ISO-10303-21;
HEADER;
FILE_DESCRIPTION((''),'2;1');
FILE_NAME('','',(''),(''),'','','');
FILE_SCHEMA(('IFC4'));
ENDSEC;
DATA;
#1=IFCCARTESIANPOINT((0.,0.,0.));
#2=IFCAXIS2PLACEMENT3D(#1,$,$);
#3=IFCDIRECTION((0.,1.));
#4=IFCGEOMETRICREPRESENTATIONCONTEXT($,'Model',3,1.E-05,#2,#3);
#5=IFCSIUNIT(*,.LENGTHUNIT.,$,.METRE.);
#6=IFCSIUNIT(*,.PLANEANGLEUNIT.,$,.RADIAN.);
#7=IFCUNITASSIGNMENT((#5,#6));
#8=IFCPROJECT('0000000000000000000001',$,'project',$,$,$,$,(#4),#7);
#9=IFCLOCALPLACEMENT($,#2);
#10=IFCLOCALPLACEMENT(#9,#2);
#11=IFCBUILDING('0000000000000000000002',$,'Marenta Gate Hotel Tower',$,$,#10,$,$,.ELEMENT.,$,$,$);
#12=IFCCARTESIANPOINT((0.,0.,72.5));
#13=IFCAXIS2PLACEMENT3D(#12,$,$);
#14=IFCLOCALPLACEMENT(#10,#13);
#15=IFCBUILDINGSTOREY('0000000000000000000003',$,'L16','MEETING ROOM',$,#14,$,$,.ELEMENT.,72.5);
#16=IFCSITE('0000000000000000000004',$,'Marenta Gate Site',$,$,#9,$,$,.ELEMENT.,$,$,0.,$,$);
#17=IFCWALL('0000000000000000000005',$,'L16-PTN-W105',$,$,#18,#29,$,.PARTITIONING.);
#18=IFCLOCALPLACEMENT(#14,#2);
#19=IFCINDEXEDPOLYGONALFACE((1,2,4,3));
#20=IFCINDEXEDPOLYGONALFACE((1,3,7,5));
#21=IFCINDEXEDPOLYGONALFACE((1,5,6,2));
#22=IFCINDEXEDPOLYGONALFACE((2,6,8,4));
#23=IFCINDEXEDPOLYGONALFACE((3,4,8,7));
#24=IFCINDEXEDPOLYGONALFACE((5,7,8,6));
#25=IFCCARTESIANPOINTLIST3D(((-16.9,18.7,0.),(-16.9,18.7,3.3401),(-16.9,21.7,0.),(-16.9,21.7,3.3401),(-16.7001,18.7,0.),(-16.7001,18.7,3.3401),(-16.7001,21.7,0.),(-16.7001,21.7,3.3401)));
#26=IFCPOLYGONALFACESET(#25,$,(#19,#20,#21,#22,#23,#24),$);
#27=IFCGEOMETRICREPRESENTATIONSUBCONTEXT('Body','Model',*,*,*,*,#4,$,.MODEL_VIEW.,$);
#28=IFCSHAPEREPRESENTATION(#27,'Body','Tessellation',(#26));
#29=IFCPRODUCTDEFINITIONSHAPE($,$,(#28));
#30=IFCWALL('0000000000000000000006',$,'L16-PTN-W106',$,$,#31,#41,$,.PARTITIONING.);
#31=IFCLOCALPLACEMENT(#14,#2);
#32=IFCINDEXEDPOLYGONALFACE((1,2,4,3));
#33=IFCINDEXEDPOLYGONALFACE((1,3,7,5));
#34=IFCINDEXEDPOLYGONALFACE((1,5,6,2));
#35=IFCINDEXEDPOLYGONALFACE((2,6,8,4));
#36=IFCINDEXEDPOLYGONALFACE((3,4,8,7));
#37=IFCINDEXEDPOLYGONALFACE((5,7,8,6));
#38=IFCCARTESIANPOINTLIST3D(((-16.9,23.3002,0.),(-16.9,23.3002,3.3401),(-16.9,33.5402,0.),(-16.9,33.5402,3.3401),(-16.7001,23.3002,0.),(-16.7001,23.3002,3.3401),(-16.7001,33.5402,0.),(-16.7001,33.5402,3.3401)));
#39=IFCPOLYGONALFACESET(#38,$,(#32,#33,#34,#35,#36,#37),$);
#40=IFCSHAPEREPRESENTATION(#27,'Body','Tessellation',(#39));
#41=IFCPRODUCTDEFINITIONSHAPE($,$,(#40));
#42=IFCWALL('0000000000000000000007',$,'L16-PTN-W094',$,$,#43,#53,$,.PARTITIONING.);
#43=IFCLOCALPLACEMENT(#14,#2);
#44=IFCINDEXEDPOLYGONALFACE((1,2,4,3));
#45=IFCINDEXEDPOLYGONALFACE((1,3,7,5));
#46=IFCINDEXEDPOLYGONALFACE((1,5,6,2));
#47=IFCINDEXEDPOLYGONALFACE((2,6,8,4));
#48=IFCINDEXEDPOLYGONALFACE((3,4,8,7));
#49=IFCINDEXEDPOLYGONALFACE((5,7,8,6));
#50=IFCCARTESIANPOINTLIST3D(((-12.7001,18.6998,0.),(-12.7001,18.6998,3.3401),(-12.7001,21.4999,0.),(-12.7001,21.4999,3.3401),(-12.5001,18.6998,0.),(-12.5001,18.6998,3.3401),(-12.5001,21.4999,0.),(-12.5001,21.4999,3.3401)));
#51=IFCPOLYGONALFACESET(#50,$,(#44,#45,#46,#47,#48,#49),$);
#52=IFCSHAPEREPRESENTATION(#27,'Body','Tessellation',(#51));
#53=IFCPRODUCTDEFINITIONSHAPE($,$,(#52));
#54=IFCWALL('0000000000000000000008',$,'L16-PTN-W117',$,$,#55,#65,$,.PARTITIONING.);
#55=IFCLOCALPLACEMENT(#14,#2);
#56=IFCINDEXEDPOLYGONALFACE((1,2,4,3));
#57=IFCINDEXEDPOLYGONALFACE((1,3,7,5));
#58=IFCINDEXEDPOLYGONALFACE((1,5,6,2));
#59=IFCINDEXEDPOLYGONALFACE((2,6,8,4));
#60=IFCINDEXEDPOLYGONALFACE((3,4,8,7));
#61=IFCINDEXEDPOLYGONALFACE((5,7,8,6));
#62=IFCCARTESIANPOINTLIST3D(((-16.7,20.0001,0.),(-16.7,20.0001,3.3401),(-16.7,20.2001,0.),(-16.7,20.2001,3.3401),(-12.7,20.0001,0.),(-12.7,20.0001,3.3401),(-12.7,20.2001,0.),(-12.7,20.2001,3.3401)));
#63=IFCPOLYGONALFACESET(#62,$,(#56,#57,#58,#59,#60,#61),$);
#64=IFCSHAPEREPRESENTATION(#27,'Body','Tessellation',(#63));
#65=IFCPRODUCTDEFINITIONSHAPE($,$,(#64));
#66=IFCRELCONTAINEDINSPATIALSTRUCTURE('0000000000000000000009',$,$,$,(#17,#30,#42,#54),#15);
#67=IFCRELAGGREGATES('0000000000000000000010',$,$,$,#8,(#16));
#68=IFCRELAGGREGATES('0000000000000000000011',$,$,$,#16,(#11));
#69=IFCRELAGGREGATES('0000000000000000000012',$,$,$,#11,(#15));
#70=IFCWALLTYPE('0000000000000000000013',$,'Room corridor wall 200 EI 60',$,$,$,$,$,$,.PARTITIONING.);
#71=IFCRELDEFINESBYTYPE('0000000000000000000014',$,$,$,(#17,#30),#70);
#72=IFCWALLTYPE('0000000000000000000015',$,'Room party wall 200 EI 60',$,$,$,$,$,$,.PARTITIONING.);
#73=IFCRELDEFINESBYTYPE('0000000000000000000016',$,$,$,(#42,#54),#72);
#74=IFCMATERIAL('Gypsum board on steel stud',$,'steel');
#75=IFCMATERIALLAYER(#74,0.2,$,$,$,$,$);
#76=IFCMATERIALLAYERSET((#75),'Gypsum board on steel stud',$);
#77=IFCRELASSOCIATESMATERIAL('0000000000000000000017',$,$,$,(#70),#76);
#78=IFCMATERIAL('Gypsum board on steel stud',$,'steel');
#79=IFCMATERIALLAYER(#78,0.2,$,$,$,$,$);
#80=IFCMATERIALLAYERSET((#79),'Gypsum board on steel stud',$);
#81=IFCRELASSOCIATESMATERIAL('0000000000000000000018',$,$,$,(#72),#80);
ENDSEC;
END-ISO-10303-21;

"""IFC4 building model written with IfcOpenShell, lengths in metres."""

from ifc_helpers import new_model, si_unit, direction, frame, frame_2d, origin, place, context, subcontext, project, spatial, rectangle, extrude, material, layer, layer_set, type_object, element, save


model = new_model("IFC4")

# Units and contexts
model_context = context("Model", 3, precision=1e-05, world=origin(), true_north=direction((0.0, 1.0)))
body_context = subcontext(model_context, "Body", "Model", "MODEL_VIEW")
ifc_project = project(units=[si_unit("LENGTHUNIT", "METRE"), si_unit("PLANEANGLEUNIT", "RADIAN")], contexts=[model_context])

# Site, building, storey
site_placement = place(None, origin())
site = spatial("IfcSite", under=ifc_project, at=site_placement, Name="Marenta Gate Site", CompositionType="ELEMENT", RefElevation=0.0)
building_placement = place(site_placement, origin())
building = spatial("IfcBuilding", under=site, at=building_placement, Name="Marenta Gate Hotel Tower", CompositionType="ELEMENT")
storey_placement = place(building_placement, frame((0.0, 0.0, 72.5)))
storey = spatial("IfcBuildingStorey", under=building, at=storey_placement, Name="L16", Description="MEETING ROOM", CompositionType="ELEMENT", Elevation=72.5)

# Walls
ifc_material_1 = material(Name="Gypsum board on steel stud", Category="steel")
ifc_layer_1 = layer(ifc_material_1, 0.2)
ifc_layer_set_1 = layer_set([ifc_layer_1], Name="Gypsum board on steel stud")
wall_type_1 = type_object("IfcWallType", Name="Room corridor wall 200 EI 60", PredefinedType="PARTITIONING", material=ifc_layer_set_1)
wall_1_placement = place(storey_placement, frame((-16.8, 18.7, 0.0), z_axis=(0.0, 0.0, 1.0), x_axis=(0.0, 1.0, 0.0)))
element("IfcWall", 1, at=wall_1_placement, inside=storey, type_object=wall_type_1, Name="L16-PTN-W105", PredefinedType="PARTITIONING", context=body_context, shape_type="SweptSolid", body=[
    extrude(rectangle(XDim=3.0, YDim=0.2, at=frame_2d((1.5, 0.0))), origin(), (0.0, 0.0, 1.0), 3.3401),
])
wall_2_placement = place(storey_placement, frame((-16.8, 23.3, 0.0), z_axis=(0.0, 0.0, 1.0), x_axis=(0.0, 1.0, 0.0)))
element("IfcWall", 2, at=wall_2_placement, inside=storey, type_object=wall_type_1, Name="L16-PTN-W106", PredefinedType="PARTITIONING", context=body_context, shape_type="SweptSolid", body=[
    extrude(rectangle(XDim=10.24, YDim=0.2, at=frame_2d((5.1201, 0.0))), origin(), (0.0, 0.0, 1.0), 3.3401),
])

# Walls
ifc_material_2 = material(Name="Gypsum board on steel stud", Category="steel")
ifc_layer_2 = layer(ifc_material_2, 0.2)
ifc_layer_set_2 = layer_set([ifc_layer_2], Name="Gypsum board on steel stud")
wall_type_2 = type_object("IfcWallType", Name="Room party wall 200 EI 60", PredefinedType="PARTITIONING", material=ifc_layer_set_2)
wall_3_placement = place(storey_placement, frame((-12.6001, 18.7, 0.0), z_axis=(0.0, 0.0, 1.0), x_axis=(0.0, 1.0, 0.0)))
element("IfcWall", 3, at=wall_3_placement, inside=storey, type_object=wall_type_2, Name="L16-PTN-W094", PredefinedType="PARTITIONING", context=body_context, shape_type="SweptSolid", body=[
    extrude(rectangle(XDim=2.8, YDim=0.2, at=frame_2d((1.3999, 0.0))), origin(), (0.0, 0.0, 1.0), 3.3401),
])
wall_4_placement = place(storey_placement, frame((-16.7, 20.1001, 0.0), z_axis=(0.0, 0.0, 1.0), x_axis=(1.0, 0.0, 0.0)))
element("IfcWall", 4, at=wall_4_placement, inside=storey, type_object=wall_type_2, Name="L16-PTN-W117", PredefinedType="PARTITIONING", context=body_context, shape_type="SweptSolid", body=[
    extrude(rectangle(XDim=4.0, YDim=0.2, at=frame_2d((2.0, 0.0))), origin(), (0.0, 0.0, 1.0), 3.3401),
])

save(model, "model.ifc")
